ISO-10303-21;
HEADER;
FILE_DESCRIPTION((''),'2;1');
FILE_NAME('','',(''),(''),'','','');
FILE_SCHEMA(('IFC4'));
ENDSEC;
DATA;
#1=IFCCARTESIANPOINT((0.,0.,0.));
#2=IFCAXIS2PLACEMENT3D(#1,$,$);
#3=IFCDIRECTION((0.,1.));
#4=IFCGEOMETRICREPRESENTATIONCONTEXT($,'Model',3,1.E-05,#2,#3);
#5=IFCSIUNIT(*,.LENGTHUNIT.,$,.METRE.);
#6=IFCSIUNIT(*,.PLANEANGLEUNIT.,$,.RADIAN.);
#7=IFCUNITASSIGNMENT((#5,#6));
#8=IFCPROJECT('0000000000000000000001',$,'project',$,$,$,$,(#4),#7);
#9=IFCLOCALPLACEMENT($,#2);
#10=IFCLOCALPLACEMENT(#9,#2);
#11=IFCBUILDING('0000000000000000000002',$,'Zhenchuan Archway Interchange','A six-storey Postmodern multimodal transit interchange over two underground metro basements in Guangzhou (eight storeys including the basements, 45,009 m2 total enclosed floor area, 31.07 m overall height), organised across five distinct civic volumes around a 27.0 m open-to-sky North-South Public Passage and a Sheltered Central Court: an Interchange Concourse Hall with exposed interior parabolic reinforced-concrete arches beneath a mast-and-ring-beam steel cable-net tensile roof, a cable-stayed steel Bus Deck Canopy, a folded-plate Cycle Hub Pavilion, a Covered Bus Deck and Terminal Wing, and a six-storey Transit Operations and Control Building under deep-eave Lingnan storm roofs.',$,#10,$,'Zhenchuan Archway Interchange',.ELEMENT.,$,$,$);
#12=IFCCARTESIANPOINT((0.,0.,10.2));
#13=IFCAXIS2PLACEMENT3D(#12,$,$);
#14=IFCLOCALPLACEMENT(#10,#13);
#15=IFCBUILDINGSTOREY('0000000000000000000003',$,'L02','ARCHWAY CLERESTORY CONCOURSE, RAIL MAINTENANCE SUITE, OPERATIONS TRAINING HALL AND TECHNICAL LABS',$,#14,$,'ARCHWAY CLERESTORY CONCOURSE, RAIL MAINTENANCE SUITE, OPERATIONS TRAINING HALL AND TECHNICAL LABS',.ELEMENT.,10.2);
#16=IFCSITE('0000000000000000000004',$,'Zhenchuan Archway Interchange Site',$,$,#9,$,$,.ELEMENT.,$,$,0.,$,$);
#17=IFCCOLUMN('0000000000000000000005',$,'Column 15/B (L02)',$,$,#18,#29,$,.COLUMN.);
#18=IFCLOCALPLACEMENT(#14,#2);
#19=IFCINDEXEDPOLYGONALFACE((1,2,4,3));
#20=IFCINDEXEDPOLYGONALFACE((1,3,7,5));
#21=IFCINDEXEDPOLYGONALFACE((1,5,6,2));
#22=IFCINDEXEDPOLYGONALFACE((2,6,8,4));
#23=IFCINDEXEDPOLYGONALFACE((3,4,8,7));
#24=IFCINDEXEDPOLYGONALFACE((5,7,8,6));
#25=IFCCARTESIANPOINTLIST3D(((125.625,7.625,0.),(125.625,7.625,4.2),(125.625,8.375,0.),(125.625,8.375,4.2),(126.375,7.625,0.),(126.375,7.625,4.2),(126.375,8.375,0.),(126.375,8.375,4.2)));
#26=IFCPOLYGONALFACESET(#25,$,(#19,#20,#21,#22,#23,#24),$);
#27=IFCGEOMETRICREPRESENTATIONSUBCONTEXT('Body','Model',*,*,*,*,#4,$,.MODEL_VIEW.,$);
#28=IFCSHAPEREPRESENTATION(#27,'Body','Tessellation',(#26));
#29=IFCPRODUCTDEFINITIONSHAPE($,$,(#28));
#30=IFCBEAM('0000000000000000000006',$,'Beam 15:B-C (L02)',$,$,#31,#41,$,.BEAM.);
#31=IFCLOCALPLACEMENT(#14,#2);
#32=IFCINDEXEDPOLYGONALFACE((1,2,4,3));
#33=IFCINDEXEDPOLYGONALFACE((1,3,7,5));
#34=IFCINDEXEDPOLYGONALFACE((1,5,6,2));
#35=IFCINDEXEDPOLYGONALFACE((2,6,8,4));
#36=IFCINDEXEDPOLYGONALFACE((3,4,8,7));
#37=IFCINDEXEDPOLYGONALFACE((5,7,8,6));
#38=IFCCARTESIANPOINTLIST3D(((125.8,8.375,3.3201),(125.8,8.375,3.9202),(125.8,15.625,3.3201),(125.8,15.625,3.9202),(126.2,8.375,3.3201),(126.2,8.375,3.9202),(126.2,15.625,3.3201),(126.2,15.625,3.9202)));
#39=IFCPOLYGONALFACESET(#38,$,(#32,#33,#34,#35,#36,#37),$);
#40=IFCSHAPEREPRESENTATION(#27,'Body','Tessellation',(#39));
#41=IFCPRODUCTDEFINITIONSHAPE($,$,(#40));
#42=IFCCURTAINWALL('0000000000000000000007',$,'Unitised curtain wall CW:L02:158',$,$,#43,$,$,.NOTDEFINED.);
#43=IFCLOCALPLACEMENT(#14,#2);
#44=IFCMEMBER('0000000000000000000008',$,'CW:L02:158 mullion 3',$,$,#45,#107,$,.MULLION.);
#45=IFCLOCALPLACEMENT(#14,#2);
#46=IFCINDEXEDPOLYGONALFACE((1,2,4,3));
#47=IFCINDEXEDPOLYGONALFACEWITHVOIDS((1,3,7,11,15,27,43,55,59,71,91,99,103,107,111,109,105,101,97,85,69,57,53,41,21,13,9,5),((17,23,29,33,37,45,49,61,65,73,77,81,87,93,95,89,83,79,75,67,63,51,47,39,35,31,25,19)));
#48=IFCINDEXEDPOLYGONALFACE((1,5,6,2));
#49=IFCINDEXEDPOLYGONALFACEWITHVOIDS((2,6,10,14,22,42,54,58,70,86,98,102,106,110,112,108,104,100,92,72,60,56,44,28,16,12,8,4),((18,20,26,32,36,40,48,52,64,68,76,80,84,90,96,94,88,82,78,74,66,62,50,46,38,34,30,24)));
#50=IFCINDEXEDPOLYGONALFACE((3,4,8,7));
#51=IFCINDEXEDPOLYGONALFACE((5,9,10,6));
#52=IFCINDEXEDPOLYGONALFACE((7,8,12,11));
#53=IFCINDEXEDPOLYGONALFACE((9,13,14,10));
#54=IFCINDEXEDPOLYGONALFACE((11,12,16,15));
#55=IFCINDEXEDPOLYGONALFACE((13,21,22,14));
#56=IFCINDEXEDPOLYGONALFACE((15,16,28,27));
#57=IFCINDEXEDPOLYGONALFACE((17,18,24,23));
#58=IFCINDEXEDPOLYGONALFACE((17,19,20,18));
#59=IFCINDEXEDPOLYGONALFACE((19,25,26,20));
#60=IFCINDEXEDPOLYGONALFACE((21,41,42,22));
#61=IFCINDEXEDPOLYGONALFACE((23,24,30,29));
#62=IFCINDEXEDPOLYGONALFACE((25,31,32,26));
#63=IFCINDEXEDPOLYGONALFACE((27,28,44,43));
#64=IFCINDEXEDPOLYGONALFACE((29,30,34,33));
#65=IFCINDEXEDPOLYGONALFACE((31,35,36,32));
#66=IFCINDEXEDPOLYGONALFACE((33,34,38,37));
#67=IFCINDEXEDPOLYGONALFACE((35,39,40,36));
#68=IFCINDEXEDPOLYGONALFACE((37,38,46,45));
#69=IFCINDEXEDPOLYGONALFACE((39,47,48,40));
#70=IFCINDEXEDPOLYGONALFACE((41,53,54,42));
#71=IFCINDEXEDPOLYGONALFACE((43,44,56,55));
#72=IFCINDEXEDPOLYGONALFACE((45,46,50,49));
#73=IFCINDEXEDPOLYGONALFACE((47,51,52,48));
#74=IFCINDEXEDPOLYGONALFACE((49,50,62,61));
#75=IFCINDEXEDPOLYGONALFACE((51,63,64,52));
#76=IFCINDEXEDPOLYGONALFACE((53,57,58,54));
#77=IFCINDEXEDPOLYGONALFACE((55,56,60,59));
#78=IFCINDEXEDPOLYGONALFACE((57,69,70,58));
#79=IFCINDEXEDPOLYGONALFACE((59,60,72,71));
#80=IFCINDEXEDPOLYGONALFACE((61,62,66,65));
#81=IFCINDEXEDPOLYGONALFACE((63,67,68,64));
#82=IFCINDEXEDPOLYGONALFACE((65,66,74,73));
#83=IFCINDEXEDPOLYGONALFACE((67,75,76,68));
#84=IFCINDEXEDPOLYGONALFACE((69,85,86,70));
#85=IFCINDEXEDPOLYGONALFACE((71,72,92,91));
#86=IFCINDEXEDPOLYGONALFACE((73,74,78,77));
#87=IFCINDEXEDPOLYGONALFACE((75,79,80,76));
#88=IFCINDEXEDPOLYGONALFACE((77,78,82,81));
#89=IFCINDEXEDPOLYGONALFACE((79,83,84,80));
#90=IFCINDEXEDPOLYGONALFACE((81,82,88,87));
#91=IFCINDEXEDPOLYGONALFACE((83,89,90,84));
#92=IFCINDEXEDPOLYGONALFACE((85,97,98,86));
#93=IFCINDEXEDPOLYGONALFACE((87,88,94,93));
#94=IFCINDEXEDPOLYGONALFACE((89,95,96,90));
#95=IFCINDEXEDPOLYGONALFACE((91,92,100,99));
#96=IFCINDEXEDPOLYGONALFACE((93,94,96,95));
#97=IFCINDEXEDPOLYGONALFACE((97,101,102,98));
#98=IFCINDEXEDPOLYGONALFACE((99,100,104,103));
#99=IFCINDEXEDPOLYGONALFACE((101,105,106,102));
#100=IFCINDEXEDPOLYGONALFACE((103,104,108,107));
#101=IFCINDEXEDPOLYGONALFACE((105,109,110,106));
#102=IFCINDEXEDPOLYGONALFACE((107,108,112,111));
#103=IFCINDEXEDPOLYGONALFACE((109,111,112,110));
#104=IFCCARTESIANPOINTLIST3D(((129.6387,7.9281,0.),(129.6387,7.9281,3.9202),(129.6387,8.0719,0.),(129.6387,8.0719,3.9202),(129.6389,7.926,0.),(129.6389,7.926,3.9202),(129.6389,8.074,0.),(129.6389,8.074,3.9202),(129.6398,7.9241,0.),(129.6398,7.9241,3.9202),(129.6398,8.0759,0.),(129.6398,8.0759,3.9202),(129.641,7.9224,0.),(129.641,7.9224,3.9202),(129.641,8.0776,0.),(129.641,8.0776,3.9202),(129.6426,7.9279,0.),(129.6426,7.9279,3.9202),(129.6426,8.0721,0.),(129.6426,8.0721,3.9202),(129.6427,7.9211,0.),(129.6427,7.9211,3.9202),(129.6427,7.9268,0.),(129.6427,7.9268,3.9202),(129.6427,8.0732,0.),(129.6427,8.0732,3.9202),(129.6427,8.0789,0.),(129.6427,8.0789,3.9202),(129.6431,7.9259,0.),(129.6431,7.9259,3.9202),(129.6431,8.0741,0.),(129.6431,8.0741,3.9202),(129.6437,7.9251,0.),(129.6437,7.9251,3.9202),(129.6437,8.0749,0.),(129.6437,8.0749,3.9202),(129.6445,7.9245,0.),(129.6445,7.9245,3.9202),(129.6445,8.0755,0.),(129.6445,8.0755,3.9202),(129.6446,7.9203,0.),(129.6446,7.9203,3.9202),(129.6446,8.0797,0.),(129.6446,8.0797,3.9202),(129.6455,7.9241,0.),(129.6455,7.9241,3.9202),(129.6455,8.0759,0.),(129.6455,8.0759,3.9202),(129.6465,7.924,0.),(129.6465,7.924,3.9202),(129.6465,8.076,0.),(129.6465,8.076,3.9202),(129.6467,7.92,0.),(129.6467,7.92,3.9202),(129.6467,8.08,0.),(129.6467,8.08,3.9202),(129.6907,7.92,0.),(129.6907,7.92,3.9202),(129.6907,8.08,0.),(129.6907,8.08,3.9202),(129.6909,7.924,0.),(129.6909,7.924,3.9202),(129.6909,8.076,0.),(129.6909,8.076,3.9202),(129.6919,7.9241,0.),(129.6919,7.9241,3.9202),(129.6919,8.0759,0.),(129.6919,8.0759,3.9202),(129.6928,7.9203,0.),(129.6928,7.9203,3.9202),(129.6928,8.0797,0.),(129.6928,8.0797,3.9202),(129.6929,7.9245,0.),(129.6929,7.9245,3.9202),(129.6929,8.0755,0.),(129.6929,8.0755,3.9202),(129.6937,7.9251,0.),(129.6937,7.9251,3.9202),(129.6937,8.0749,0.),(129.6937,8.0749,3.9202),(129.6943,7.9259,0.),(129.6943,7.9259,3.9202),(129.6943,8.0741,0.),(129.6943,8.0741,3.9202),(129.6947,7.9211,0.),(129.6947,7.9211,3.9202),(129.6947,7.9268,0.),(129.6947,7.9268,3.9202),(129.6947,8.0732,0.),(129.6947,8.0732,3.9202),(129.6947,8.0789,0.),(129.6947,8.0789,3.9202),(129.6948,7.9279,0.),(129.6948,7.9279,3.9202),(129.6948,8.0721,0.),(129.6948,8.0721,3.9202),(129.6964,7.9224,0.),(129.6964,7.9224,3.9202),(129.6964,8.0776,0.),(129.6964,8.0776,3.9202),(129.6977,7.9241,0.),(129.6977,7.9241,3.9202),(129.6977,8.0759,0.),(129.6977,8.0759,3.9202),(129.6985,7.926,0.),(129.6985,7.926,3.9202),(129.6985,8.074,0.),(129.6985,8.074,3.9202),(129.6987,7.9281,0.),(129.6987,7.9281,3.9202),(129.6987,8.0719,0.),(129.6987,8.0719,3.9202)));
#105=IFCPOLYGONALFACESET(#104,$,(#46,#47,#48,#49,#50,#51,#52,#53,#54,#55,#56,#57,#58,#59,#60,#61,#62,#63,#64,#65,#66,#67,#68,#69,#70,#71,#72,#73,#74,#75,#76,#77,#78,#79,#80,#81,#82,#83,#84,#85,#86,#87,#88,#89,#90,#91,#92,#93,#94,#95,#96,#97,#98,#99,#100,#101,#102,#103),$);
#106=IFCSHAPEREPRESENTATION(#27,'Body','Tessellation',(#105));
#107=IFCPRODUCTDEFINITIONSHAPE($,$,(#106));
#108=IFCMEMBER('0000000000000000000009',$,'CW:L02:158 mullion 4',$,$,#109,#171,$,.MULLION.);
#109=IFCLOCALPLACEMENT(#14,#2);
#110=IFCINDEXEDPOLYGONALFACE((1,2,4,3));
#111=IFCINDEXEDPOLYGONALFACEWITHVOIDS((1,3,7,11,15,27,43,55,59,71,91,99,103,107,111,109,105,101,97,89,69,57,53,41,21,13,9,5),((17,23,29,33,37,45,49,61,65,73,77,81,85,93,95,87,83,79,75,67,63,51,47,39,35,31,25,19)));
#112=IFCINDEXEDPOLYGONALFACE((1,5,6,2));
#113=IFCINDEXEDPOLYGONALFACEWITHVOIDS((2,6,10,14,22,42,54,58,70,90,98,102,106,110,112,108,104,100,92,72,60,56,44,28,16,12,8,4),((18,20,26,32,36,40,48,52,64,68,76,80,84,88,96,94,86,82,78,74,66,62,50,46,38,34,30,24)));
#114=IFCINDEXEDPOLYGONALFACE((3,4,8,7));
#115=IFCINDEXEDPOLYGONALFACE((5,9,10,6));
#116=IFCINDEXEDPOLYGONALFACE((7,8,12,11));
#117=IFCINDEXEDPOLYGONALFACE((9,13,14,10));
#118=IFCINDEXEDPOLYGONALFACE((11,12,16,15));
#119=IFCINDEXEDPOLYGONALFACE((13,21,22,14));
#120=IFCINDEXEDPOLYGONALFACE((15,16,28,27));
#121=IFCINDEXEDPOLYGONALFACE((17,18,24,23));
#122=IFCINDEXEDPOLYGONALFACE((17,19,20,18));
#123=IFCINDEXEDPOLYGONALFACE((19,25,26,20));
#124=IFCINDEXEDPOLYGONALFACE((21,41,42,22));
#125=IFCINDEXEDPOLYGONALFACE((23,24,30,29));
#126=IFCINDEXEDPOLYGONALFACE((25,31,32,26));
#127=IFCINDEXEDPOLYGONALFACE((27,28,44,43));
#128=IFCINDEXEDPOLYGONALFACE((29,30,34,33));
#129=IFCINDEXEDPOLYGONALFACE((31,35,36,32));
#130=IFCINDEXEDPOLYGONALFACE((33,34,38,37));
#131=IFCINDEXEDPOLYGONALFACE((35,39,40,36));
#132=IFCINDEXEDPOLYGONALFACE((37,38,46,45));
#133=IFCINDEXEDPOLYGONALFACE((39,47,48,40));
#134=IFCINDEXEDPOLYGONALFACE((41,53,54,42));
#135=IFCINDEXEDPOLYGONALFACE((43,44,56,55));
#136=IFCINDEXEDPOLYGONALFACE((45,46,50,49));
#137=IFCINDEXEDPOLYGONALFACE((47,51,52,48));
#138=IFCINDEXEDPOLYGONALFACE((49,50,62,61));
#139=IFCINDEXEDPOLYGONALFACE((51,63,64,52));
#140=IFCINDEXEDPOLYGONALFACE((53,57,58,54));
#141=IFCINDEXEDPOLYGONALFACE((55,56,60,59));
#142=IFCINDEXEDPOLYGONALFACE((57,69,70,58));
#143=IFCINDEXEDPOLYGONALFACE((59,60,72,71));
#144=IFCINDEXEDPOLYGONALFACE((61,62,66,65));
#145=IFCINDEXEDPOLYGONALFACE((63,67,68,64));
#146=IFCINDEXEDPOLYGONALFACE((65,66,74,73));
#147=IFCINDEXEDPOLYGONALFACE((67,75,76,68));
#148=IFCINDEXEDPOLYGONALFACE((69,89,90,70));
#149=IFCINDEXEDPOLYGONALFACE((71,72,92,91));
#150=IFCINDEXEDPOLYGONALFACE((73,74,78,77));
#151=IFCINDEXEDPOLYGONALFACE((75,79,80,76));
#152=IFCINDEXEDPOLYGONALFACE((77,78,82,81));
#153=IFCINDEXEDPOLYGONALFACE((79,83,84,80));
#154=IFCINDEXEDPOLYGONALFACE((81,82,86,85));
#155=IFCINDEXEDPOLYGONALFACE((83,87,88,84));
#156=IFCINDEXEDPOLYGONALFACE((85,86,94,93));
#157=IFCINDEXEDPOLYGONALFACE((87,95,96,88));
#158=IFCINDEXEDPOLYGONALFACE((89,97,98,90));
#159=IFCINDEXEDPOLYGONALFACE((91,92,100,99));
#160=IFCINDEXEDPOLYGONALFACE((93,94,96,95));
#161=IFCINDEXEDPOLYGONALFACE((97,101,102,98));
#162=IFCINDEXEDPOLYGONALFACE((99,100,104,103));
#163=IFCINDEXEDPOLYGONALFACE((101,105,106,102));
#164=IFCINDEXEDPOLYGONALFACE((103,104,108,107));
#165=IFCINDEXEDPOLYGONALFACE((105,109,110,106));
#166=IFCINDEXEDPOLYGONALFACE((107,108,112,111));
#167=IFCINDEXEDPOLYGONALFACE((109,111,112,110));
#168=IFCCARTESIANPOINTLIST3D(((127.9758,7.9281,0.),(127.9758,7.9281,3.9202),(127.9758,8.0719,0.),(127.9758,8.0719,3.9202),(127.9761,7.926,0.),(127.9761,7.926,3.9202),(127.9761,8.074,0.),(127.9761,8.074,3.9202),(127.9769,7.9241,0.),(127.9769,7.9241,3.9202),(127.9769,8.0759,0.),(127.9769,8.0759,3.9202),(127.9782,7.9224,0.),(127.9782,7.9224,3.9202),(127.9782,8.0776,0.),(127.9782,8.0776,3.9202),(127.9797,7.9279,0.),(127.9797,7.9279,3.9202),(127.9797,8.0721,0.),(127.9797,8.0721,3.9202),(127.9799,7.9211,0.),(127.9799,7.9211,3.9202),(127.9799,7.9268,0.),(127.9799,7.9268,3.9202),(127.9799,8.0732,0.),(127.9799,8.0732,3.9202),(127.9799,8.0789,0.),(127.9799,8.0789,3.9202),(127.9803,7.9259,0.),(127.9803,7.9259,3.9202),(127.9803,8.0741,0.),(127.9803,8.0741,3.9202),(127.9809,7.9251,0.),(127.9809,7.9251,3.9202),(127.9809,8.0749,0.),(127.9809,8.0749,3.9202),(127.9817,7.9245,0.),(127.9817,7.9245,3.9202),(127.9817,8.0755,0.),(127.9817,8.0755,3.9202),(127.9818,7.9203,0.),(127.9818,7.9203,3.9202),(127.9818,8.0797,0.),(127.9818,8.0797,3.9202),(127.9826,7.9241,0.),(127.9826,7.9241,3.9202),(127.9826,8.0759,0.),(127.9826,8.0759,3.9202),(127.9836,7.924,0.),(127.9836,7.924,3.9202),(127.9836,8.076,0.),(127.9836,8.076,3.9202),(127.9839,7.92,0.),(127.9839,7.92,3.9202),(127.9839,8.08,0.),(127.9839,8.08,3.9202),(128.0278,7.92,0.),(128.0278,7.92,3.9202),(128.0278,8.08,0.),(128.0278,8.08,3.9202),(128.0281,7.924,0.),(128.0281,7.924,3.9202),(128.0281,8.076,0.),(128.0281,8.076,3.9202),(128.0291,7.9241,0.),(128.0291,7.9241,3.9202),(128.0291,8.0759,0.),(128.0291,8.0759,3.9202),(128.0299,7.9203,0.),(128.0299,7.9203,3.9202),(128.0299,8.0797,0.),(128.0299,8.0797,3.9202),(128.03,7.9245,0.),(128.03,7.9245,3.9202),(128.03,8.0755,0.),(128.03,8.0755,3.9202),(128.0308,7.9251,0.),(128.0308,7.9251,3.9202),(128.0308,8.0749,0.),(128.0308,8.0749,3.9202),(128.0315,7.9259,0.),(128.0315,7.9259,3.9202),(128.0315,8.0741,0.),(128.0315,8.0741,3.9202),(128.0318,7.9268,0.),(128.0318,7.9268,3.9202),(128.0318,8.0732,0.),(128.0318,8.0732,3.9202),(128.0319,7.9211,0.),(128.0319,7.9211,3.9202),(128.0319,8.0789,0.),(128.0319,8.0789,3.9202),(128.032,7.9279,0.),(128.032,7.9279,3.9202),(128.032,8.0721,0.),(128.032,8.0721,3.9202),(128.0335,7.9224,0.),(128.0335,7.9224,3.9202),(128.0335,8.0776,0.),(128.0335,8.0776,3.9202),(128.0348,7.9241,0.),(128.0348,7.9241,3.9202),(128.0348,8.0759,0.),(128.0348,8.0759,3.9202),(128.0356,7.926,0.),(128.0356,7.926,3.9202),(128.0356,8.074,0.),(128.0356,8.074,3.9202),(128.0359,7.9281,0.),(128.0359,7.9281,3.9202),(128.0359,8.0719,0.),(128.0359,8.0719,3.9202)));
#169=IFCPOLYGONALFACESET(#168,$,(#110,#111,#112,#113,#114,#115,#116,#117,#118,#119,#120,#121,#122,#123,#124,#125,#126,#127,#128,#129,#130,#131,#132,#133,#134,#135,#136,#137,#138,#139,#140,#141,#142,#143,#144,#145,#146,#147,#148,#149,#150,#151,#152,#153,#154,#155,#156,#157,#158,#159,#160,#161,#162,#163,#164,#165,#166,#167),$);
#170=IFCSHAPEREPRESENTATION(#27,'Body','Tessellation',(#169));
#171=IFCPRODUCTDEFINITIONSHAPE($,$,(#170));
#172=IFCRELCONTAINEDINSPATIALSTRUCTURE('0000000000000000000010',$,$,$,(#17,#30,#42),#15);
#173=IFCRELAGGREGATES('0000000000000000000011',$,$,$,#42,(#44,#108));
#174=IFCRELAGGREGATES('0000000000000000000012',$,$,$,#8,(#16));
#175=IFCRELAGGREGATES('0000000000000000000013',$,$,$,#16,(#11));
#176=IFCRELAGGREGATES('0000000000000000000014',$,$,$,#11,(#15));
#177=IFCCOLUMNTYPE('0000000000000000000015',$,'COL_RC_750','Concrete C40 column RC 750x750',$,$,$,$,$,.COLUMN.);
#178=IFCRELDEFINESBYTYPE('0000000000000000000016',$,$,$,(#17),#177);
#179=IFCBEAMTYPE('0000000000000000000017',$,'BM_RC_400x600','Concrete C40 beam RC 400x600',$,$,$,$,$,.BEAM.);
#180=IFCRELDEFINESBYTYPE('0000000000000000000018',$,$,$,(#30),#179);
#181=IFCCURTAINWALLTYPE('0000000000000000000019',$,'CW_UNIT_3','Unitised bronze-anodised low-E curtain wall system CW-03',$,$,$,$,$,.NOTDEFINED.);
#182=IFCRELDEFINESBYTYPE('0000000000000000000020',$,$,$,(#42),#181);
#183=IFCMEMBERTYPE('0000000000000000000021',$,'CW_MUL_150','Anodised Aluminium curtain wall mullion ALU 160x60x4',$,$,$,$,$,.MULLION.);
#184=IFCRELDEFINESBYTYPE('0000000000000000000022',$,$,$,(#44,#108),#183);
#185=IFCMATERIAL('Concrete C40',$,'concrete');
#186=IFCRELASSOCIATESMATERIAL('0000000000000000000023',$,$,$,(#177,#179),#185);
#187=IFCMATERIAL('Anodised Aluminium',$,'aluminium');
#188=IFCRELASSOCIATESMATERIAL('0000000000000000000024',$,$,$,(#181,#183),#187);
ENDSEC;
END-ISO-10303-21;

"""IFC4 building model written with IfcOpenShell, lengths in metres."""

from ifc_helpers import new_model, si_unit, direction, frame, origin, origin_2d, place, context, subcontext, project, spatial, rectangle, hollow_rectangle, extrude, material, material_profile, profile_set, type_object, element, aggregate, save


model = new_model("IFC4")

# Units and contexts
model_context = context("Model", 3, precision=1e-05, world=origin(), true_north=direction((0.0, 1.0)))
body_context = subcontext(model_context, "Body", "Model", "MODEL_VIEW")
ifc_project = project(units=[si_unit("LENGTHUNIT", "METRE"), si_unit("PLANEANGLEUNIT", "RADIAN")], contexts=[model_context])

# Site, building, storey
site_placement = place(None, origin())
site = spatial("IfcSite", under=ifc_project, at=site_placement, Name="Zhenchuan Archway Interchange Site", CompositionType="ELEMENT", RefElevation=0.0)
building_placement = place(site_placement, origin())
building = spatial("IfcBuilding", under=site, at=building_placement, Name="Zhenchuan Archway Interchange", Description="A six-storey Postmodern multimodal transit interchange over two underground metro basements in Guangzhou (eight storeys including the basements, 45,009 m2 total enclosed floor area, 31.07 m overall height), organised across five distinct civic volumes around a 27.0 m open-to-sky North-South Public Passage and a Sheltered Central Court: an Interchange Concourse Hall with exposed interior parabolic reinforced-concrete arches beneath a mast-and-ring-beam steel cable-net tensile roof, a cable-stayed steel Bus Deck Canopy, a folded-plate Cycle Hub Pavilion, a Covered Bus Deck and Terminal Wing, and a six-storey Transit Operations and Control Building under deep-eave Lingnan storm roofs.", LongName="Zhenchuan Archway Interchange", CompositionType="ELEMENT")
storey_placement = place(building_placement, frame((0.0, 0.0, 10.2)))
storey = spatial("IfcBuildingStorey", under=building, at=storey_placement, Name="L02", Description="ARCHWAY CLERESTORY CONCOURSE, RAIL MAINTENANCE SUITE, OPERATIONS TRAINING HALL AND TECHNICAL LABS", LongName="ARCHWAY CLERESTORY CONCOURSE, RAIL MAINTENANCE SUITE, OPERATIONS TRAINING HALL AND TECHNICAL LABS", CompositionType="ELEMENT", Elevation=10.2)

# Column
ifc_material_1 = material(Name="Concrete C40", Category="concrete")
ifc_material_profile_1 = material_profile(ifc_material_1, rectangle(XDim=0.75, YDim=0.75, at=origin_2d()), Name="RC 750x750")
ifc_profile_set_1 = profile_set([ifc_material_profile_1], Name="Concrete C40")
column_type = type_object("IfcColumnType", Name="COL_RC_750", Description="Concrete C40 column RC 750x750", PredefinedType="COLUMN", material=ifc_profile_set_1)
column_placement = place(storey_placement, frame((126.0, 8.0, 0.0), z_axis=(0.0, 0.0, 1.0), x_axis=(1.0, 0.0, 0.0)))
element("IfcColumn", 1, at=column_placement, inside=storey, type_object=column_type, Name="Column 15/B (L02)", PredefinedType="COLUMN", context=body_context, shape_type="SweptSolid", body=[
    extrude(rectangle(XDim=0.75, YDim=0.75, at=origin_2d()), origin(), (0.0, 0.0, 1.0), 4.2),
])

# Beam
ifc_material_profile_2 = material_profile(ifc_material_1, rectangle(XDim=0.3999, YDim=0.6001, at=origin_2d()), Name="RC 400x600")
ifc_profile_set_2 = profile_set([ifc_material_profile_2], Name="Concrete C40")
beam_type_1 = type_object("IfcBeamType", Name="BM_RC_400x600", Description="Concrete C40 beam RC 400x600", PredefinedType="BEAM", material=ifc_profile_set_2)
beam_1_placement = place(storey_placement, frame((126.0, 8.375, 3.6201), z_axis=(0.0, 1.0, 0.0), x_axis=(-1.0, 0.0, 0.0)))
element("IfcBeam", 2, at=beam_1_placement, inside=storey, type_object=beam_type_1, Name="Beam 15:B-C (L02)", PredefinedType="BEAM", context=body_context, shape_type="SweptSolid", body=[
    extrude(rectangle(XDim=0.3999, YDim=0.6001, at=origin_2d()), origin(), (0.0, 0.0, 1.0), 7.25),
])

# Curtain wall, members
ifc_material_2 = material(Name="Anodised Aluminium", Category="aluminium")
curtain_wall_type = type_object("IfcCurtainWallType", Name="CW_UNIT_3", Description="Unitised bronze-anodised low-E curtain wall system CW-03", PredefinedType="NOTDEFINED", material=ifc_material_2)
curtain_wall_placement = place(storey_placement, origin())
curtain_wall = element("IfcCurtainWall", 3, at=curtain_wall_placement, inside=storey, type_object=curtain_wall_type, Name="Unitised curtain wall CW:L02:158", PredefinedType="NOTDEFINED")
ifc_material_profile_3 = material_profile(ifc_material_2, hollow_rectangle(XDim=0.0601, YDim=0.1599, WallThickness=0.0039, InnerFilletRadius=0.0039, OuterFilletRadius=0.0081, at=origin_2d()), Name="ALU 160x60x4")
ifc_profile_set_3 = profile_set([ifc_material_profile_3], Name="Anodised Aluminium")
member_type_1 = type_object("IfcMemberType", Name="CW_MUL_150", Description="Anodised Aluminium curtain wall mullion ALU 160x60x4", PredefinedType="MULLION", material=ifc_profile_set_3)
member_1_placement = place(storey_placement, frame((129.6687, 8.0, 0.0), z_axis=(0.0, 0.0, 1.0), x_axis=(1.0, 0.0, 0.0)))
member_1 = element("IfcMember", 4, at=member_1_placement, type_object=member_type_1, Name="CW:L02:158 mullion 3", PredefinedType="MULLION", context=body_context, shape_type="SweptSolid", body=[
    extrude(hollow_rectangle(XDim=0.0601, YDim=0.1599, WallThickness=0.0039, InnerFilletRadius=0.0039, OuterFilletRadius=0.0081, at=origin_2d()), origin(), (0.0, 0.0, 1.0), 3.9202),
])
member_2_placement = place(storey_placement, frame((128.0059, 8.0, 0.0), z_axis=(0.0, 0.0, 1.0), x_axis=(1.0, 0.0, 0.0)))
member_2 = element("IfcMember", 5, at=member_2_placement, type_object=member_type_1, Name="CW:L02:158 mullion 4", PredefinedType="MULLION", context=body_context, shape_type="SweptSolid", body=[
    extrude(hollow_rectangle(XDim=0.0601, YDim=0.1599, WallThickness=0.0039, InnerFilletRadius=0.0039, OuterFilletRadius=0.0081, at=origin_2d()), origin(), (0.0, 0.0, 1.0), 3.9202),
])

aggregate(curtain_wall, [member_1, member_2])

save(model, "model.ifc")
